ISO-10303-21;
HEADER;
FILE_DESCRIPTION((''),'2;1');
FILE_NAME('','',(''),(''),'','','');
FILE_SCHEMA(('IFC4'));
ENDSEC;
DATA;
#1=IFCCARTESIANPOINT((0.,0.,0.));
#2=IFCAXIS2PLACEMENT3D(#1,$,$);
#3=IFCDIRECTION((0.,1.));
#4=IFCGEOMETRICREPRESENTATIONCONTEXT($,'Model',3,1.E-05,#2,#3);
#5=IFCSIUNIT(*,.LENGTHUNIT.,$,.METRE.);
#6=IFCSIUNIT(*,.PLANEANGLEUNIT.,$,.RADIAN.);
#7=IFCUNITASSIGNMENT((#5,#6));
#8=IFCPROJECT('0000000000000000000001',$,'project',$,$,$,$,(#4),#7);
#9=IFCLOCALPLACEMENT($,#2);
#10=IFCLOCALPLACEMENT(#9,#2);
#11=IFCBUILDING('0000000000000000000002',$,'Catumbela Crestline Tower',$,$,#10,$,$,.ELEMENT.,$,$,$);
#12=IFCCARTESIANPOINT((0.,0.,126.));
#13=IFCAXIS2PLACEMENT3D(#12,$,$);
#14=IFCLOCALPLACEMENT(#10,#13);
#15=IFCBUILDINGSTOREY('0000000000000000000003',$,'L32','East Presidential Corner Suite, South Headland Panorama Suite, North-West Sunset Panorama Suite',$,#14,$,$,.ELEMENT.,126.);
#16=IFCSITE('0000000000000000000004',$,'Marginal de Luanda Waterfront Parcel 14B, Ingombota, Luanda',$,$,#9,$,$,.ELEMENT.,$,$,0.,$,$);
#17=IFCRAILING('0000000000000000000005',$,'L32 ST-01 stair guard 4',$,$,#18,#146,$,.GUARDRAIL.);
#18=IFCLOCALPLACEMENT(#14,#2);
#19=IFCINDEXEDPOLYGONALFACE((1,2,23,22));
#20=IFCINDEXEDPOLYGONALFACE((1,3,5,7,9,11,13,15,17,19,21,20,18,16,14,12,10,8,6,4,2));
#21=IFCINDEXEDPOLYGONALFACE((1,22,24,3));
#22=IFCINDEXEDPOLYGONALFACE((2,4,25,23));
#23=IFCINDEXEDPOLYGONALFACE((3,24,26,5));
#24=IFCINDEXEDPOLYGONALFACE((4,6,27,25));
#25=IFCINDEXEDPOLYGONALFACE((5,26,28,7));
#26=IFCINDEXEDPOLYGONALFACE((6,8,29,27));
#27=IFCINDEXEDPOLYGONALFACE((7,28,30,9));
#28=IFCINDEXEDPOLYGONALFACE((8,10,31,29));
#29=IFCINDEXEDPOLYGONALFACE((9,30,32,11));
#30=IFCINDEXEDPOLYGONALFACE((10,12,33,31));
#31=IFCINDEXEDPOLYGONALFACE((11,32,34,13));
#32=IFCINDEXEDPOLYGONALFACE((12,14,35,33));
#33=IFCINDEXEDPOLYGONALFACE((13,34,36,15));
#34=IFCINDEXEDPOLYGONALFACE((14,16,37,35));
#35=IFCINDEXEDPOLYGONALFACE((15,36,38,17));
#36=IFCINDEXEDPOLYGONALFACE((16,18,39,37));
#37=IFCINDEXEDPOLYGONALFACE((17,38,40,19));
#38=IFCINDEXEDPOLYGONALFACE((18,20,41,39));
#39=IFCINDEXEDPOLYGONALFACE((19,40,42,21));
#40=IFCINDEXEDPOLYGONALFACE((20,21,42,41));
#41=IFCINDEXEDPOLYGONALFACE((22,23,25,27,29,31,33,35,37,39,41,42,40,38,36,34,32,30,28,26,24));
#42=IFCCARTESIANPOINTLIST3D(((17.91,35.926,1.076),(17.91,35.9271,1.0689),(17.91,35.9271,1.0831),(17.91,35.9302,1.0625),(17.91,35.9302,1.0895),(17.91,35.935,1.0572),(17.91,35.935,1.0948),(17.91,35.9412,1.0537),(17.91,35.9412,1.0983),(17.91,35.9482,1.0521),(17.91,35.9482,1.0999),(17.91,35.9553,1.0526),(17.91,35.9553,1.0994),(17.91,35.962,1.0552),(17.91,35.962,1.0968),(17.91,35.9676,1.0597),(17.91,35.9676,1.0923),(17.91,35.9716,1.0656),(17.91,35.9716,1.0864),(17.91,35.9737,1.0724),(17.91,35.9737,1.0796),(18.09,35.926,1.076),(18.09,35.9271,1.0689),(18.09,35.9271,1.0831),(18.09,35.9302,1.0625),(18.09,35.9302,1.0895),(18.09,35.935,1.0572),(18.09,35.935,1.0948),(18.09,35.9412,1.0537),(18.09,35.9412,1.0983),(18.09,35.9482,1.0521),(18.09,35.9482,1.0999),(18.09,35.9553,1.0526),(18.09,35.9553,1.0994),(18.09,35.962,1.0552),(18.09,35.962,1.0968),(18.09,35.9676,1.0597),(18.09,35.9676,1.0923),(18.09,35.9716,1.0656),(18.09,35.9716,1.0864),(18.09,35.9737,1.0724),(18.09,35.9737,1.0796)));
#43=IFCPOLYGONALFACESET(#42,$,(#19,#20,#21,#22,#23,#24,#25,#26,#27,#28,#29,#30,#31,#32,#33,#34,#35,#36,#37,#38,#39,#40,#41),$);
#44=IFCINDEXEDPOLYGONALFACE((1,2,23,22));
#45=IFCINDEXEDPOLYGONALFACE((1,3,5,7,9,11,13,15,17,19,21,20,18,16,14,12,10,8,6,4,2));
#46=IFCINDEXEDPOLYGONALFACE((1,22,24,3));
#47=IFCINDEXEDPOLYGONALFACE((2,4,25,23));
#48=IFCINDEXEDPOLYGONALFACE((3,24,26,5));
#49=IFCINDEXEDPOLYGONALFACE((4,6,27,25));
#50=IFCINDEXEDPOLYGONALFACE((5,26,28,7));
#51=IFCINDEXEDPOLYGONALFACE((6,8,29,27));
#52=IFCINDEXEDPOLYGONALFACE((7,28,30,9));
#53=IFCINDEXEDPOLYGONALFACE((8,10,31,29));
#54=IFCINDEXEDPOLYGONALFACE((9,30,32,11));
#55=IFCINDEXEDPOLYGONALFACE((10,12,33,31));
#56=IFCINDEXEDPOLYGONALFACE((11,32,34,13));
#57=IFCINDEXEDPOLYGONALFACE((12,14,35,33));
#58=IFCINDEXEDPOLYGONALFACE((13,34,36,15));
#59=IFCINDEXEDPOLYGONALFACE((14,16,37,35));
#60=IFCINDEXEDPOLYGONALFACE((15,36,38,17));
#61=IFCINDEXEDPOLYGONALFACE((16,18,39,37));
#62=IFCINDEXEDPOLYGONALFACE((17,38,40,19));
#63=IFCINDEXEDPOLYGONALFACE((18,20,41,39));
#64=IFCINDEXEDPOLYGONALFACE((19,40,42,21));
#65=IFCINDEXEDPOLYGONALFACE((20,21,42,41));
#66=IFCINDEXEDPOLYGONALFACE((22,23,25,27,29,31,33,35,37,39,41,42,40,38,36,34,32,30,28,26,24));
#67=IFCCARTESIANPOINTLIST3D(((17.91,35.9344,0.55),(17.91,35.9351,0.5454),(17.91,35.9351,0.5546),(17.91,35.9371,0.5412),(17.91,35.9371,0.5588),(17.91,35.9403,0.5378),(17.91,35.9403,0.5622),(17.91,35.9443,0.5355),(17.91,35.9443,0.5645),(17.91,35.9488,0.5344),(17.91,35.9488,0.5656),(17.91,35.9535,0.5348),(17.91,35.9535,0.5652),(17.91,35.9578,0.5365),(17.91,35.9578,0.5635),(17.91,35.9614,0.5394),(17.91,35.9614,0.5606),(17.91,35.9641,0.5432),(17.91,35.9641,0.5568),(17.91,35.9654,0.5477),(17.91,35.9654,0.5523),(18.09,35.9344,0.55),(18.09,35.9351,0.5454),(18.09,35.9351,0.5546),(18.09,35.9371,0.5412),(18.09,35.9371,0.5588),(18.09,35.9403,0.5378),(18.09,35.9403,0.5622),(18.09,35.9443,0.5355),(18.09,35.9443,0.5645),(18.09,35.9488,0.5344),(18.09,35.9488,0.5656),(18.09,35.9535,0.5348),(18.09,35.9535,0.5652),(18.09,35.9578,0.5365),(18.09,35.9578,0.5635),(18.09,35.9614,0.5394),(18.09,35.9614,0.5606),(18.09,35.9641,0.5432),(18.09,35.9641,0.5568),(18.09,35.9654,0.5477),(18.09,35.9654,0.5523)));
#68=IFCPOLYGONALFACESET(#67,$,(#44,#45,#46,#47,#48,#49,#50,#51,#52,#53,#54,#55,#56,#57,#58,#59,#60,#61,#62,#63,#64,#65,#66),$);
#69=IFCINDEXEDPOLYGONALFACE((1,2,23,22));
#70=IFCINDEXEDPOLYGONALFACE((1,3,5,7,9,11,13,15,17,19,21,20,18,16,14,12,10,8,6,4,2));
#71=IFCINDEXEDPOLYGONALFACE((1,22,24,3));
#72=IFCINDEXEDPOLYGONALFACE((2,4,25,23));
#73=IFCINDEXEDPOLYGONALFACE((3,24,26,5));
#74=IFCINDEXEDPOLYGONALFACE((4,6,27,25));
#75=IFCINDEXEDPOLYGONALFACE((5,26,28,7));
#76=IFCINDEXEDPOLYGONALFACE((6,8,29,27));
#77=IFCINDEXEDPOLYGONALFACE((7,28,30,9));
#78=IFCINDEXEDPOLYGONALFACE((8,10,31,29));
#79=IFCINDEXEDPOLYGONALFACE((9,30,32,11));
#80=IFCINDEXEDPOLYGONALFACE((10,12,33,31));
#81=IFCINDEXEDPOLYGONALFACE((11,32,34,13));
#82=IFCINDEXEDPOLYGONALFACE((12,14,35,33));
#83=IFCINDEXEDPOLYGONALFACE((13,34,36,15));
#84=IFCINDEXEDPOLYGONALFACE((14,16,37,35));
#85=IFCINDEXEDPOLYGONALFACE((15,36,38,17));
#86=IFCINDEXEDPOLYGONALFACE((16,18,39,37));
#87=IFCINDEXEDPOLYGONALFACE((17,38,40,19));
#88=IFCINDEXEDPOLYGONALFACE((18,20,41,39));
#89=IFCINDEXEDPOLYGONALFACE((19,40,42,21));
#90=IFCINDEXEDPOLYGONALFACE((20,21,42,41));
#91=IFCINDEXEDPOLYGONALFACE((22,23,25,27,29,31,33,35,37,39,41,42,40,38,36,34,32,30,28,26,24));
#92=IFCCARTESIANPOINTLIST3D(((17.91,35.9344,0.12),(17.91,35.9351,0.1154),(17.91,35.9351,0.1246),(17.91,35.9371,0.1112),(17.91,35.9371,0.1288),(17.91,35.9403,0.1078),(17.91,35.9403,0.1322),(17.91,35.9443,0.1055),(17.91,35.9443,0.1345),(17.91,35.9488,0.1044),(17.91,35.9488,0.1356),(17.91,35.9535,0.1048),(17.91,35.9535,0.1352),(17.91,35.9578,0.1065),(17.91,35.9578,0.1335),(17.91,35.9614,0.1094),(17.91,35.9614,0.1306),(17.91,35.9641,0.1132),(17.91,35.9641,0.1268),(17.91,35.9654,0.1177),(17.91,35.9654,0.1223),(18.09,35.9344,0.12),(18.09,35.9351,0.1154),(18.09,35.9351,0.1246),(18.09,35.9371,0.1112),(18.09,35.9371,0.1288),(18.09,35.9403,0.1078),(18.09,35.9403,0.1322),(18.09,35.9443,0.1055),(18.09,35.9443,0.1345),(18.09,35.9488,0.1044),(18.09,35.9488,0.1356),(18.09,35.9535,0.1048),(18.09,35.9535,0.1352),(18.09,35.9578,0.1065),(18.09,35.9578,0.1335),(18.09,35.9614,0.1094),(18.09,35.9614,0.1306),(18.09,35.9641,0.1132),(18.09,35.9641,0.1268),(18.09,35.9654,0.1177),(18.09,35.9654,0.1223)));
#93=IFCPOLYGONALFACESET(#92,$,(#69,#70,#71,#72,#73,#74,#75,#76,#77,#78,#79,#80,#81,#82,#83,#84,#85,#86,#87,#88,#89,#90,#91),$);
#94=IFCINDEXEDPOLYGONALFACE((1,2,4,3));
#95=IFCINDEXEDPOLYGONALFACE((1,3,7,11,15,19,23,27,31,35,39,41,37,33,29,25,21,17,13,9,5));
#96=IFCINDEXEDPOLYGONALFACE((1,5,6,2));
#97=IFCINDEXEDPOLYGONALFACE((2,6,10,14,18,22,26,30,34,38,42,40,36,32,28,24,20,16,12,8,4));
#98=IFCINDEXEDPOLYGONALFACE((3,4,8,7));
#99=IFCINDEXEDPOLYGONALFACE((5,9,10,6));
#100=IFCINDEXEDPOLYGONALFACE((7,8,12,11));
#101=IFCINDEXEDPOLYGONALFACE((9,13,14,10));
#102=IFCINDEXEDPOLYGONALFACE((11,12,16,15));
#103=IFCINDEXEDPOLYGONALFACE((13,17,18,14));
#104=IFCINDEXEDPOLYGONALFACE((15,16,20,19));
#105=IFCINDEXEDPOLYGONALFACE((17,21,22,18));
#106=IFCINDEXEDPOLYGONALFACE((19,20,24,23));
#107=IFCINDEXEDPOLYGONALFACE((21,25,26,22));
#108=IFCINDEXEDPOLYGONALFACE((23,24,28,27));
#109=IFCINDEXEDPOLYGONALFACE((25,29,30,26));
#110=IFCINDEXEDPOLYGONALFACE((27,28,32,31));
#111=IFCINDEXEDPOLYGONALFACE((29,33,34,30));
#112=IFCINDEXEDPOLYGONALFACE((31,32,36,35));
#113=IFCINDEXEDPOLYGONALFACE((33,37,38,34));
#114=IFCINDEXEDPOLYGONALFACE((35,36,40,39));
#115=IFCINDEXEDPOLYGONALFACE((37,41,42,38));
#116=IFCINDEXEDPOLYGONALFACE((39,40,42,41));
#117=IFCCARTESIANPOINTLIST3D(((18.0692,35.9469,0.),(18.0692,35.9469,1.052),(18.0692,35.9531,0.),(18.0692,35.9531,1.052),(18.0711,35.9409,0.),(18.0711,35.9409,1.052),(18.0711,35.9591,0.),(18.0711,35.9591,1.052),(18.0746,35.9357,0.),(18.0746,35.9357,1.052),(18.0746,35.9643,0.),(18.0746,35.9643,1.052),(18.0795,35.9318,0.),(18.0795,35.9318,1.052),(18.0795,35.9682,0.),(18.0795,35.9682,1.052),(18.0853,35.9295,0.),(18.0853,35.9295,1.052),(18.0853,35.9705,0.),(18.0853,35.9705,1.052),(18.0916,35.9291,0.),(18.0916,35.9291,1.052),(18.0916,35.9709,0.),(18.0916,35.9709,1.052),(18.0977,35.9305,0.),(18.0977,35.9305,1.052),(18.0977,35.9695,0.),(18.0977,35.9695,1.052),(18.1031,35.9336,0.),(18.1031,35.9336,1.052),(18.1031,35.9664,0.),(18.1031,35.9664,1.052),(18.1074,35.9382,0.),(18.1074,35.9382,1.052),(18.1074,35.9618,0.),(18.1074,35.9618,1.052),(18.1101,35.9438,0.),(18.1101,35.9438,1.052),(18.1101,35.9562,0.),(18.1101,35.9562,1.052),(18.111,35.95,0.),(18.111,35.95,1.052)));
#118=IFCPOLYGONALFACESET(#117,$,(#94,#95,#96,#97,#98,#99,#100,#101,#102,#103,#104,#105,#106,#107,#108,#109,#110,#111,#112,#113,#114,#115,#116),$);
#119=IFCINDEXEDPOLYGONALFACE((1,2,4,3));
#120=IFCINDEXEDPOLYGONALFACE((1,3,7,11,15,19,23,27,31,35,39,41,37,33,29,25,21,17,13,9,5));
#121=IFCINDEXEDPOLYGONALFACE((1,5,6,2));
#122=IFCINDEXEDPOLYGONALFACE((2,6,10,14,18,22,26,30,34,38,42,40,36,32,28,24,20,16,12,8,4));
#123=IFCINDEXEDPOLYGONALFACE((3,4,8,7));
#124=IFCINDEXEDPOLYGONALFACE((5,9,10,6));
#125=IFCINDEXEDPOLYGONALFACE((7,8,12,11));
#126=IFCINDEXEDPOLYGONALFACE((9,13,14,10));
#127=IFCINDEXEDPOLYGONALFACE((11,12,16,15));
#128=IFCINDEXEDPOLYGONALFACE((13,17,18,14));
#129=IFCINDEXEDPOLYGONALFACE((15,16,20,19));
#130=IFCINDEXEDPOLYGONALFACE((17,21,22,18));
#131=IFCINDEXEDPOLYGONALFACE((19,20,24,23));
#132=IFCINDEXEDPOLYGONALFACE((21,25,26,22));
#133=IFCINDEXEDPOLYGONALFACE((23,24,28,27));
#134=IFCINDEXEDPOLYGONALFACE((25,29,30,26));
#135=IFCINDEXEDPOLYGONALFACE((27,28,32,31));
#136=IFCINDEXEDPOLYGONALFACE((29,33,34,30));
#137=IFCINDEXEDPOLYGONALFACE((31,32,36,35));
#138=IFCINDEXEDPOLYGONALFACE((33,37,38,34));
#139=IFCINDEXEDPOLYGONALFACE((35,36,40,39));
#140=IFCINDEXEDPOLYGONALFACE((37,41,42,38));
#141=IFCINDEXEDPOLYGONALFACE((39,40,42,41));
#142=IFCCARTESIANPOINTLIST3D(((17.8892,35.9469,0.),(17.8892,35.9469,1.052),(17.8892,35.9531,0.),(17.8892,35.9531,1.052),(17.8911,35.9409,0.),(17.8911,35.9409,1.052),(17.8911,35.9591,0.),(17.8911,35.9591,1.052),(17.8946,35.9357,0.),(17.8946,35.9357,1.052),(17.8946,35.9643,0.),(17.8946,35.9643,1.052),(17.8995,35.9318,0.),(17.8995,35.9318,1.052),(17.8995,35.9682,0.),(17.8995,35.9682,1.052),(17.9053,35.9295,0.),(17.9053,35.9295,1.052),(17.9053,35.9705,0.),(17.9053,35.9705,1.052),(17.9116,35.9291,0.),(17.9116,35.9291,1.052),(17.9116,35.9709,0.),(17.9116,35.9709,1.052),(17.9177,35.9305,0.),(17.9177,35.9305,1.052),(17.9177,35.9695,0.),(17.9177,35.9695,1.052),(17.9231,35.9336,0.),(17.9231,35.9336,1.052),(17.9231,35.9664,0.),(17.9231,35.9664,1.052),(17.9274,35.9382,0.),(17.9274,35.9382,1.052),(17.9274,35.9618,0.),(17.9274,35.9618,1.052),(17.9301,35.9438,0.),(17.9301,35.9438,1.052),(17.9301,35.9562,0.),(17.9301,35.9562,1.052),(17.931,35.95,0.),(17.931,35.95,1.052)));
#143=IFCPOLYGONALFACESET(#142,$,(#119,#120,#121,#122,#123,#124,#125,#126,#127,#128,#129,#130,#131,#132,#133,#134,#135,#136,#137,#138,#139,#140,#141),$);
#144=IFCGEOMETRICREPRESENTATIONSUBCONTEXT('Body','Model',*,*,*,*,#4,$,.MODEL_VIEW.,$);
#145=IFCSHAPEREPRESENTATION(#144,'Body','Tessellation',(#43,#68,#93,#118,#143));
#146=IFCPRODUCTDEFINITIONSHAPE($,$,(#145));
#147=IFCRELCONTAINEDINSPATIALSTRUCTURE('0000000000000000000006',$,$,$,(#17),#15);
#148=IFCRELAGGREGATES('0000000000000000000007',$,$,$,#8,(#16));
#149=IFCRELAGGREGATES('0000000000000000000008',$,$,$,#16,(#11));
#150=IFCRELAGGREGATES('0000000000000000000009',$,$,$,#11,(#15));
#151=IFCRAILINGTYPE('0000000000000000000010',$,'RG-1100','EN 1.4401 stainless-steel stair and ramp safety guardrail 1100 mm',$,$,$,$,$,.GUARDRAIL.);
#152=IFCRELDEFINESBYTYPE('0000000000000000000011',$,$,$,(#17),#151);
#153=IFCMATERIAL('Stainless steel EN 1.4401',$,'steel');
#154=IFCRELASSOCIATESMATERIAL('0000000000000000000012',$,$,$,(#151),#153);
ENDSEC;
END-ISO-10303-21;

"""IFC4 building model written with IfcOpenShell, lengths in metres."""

from ifc_helpers import new_model, si_unit, direction, frame, origin, origin_2d, place, context, subcontext, project, spatial, circle, extrude, material, type_object, element, save


model = new_model("IFC4")

# Units and contexts
model_context = context("Model", 3, precision=1e-05, world=origin(), true_north=direction((0.0, 1.0)))
body_context = subcontext(model_context, "Body", "Model", "MODEL_VIEW")
ifc_project = project(units=[si_unit("LENGTHUNIT", "METRE"), si_unit("PLANEANGLEUNIT", "RADIAN")], contexts=[model_context])

# Site, building, storey
site_placement = place(None, origin())
site = spatial("IfcSite", under=ifc_project, at=site_placement, Name="Marginal de Luanda Waterfront Parcel 14B, Ingombota, Luanda", CompositionType="ELEMENT", RefElevation=0.0)
building_placement = place(site_placement, origin())
building = spatial("IfcBuilding", under=site, at=building_placement, Name="Catumbela Crestline Tower", CompositionType="ELEMENT")
storey_placement = place(building_placement, frame((0.0, 0.0, 126.0)))
storey = spatial("IfcBuildingStorey", under=building, at=storey_placement, Name="L32", Description="East Presidential Corner Suite, South Headland Panorama Suite, North-West Sunset Panorama Suite", CompositionType="ELEMENT", Elevation=126.0)

# Railing
ifc_material_1 = material(Name="Stainless steel EN 1.4401", Category="steel")
railing_type_1 = type_object("IfcRailingType", Name="RG-1100", Description="EN 1.4401 stainless-steel stair and ramp safety guardrail 1100 mm", PredefinedType="GUARDRAIL", material=ifc_material_1)
railing_1_placement = place(storey_placement, frame((18.09, 35.95, 0.0)))
element("IfcRailing", 1, at=railing_1_placement, inside=storey, type_object=railing_type_1, Name="L32 ST-01 stair guard 4", PredefinedType="GUARDRAIL", context=body_context, shape_type="SweptSolid", body=[
    extrude(circle(Radius=0.024, at=origin_2d()), frame((0.0, 0.0, 1.076), z_axis=(-1.0, 0.0, 0.0), x_axis=(0.0, -1.0, 0.0)), (0.0, 0.0, 1.0), 0.18),
    extrude(circle(Radius=0.0156, at=origin_2d()), frame((0.0, 0.0, 0.55), z_axis=(-1.0, 0.0, 0.0), x_axis=(0.0, -1.0, 0.0)), (0.0, 0.0, 1.0), 0.18),
    extrude(circle(Radius=0.0156, at=origin_2d()), frame((0.0, 0.0, 0.12), z_axis=(-1.0, 0.0, 0.0), x_axis=(0.0, -1.0, 0.0)), (0.0, 0.0, 1.0), 0.18),
    extrude(circle(Radius=0.021, at=origin_2d()), origin(), (0.0, 0.0, 1.0), 1.052),
    extrude(circle(Radius=0.021, at=origin_2d()), frame((-0.18, 0.0, 0.0)), (0.0, 0.0, 1.0), 1.052),
])

save(model, "model.ifc")
